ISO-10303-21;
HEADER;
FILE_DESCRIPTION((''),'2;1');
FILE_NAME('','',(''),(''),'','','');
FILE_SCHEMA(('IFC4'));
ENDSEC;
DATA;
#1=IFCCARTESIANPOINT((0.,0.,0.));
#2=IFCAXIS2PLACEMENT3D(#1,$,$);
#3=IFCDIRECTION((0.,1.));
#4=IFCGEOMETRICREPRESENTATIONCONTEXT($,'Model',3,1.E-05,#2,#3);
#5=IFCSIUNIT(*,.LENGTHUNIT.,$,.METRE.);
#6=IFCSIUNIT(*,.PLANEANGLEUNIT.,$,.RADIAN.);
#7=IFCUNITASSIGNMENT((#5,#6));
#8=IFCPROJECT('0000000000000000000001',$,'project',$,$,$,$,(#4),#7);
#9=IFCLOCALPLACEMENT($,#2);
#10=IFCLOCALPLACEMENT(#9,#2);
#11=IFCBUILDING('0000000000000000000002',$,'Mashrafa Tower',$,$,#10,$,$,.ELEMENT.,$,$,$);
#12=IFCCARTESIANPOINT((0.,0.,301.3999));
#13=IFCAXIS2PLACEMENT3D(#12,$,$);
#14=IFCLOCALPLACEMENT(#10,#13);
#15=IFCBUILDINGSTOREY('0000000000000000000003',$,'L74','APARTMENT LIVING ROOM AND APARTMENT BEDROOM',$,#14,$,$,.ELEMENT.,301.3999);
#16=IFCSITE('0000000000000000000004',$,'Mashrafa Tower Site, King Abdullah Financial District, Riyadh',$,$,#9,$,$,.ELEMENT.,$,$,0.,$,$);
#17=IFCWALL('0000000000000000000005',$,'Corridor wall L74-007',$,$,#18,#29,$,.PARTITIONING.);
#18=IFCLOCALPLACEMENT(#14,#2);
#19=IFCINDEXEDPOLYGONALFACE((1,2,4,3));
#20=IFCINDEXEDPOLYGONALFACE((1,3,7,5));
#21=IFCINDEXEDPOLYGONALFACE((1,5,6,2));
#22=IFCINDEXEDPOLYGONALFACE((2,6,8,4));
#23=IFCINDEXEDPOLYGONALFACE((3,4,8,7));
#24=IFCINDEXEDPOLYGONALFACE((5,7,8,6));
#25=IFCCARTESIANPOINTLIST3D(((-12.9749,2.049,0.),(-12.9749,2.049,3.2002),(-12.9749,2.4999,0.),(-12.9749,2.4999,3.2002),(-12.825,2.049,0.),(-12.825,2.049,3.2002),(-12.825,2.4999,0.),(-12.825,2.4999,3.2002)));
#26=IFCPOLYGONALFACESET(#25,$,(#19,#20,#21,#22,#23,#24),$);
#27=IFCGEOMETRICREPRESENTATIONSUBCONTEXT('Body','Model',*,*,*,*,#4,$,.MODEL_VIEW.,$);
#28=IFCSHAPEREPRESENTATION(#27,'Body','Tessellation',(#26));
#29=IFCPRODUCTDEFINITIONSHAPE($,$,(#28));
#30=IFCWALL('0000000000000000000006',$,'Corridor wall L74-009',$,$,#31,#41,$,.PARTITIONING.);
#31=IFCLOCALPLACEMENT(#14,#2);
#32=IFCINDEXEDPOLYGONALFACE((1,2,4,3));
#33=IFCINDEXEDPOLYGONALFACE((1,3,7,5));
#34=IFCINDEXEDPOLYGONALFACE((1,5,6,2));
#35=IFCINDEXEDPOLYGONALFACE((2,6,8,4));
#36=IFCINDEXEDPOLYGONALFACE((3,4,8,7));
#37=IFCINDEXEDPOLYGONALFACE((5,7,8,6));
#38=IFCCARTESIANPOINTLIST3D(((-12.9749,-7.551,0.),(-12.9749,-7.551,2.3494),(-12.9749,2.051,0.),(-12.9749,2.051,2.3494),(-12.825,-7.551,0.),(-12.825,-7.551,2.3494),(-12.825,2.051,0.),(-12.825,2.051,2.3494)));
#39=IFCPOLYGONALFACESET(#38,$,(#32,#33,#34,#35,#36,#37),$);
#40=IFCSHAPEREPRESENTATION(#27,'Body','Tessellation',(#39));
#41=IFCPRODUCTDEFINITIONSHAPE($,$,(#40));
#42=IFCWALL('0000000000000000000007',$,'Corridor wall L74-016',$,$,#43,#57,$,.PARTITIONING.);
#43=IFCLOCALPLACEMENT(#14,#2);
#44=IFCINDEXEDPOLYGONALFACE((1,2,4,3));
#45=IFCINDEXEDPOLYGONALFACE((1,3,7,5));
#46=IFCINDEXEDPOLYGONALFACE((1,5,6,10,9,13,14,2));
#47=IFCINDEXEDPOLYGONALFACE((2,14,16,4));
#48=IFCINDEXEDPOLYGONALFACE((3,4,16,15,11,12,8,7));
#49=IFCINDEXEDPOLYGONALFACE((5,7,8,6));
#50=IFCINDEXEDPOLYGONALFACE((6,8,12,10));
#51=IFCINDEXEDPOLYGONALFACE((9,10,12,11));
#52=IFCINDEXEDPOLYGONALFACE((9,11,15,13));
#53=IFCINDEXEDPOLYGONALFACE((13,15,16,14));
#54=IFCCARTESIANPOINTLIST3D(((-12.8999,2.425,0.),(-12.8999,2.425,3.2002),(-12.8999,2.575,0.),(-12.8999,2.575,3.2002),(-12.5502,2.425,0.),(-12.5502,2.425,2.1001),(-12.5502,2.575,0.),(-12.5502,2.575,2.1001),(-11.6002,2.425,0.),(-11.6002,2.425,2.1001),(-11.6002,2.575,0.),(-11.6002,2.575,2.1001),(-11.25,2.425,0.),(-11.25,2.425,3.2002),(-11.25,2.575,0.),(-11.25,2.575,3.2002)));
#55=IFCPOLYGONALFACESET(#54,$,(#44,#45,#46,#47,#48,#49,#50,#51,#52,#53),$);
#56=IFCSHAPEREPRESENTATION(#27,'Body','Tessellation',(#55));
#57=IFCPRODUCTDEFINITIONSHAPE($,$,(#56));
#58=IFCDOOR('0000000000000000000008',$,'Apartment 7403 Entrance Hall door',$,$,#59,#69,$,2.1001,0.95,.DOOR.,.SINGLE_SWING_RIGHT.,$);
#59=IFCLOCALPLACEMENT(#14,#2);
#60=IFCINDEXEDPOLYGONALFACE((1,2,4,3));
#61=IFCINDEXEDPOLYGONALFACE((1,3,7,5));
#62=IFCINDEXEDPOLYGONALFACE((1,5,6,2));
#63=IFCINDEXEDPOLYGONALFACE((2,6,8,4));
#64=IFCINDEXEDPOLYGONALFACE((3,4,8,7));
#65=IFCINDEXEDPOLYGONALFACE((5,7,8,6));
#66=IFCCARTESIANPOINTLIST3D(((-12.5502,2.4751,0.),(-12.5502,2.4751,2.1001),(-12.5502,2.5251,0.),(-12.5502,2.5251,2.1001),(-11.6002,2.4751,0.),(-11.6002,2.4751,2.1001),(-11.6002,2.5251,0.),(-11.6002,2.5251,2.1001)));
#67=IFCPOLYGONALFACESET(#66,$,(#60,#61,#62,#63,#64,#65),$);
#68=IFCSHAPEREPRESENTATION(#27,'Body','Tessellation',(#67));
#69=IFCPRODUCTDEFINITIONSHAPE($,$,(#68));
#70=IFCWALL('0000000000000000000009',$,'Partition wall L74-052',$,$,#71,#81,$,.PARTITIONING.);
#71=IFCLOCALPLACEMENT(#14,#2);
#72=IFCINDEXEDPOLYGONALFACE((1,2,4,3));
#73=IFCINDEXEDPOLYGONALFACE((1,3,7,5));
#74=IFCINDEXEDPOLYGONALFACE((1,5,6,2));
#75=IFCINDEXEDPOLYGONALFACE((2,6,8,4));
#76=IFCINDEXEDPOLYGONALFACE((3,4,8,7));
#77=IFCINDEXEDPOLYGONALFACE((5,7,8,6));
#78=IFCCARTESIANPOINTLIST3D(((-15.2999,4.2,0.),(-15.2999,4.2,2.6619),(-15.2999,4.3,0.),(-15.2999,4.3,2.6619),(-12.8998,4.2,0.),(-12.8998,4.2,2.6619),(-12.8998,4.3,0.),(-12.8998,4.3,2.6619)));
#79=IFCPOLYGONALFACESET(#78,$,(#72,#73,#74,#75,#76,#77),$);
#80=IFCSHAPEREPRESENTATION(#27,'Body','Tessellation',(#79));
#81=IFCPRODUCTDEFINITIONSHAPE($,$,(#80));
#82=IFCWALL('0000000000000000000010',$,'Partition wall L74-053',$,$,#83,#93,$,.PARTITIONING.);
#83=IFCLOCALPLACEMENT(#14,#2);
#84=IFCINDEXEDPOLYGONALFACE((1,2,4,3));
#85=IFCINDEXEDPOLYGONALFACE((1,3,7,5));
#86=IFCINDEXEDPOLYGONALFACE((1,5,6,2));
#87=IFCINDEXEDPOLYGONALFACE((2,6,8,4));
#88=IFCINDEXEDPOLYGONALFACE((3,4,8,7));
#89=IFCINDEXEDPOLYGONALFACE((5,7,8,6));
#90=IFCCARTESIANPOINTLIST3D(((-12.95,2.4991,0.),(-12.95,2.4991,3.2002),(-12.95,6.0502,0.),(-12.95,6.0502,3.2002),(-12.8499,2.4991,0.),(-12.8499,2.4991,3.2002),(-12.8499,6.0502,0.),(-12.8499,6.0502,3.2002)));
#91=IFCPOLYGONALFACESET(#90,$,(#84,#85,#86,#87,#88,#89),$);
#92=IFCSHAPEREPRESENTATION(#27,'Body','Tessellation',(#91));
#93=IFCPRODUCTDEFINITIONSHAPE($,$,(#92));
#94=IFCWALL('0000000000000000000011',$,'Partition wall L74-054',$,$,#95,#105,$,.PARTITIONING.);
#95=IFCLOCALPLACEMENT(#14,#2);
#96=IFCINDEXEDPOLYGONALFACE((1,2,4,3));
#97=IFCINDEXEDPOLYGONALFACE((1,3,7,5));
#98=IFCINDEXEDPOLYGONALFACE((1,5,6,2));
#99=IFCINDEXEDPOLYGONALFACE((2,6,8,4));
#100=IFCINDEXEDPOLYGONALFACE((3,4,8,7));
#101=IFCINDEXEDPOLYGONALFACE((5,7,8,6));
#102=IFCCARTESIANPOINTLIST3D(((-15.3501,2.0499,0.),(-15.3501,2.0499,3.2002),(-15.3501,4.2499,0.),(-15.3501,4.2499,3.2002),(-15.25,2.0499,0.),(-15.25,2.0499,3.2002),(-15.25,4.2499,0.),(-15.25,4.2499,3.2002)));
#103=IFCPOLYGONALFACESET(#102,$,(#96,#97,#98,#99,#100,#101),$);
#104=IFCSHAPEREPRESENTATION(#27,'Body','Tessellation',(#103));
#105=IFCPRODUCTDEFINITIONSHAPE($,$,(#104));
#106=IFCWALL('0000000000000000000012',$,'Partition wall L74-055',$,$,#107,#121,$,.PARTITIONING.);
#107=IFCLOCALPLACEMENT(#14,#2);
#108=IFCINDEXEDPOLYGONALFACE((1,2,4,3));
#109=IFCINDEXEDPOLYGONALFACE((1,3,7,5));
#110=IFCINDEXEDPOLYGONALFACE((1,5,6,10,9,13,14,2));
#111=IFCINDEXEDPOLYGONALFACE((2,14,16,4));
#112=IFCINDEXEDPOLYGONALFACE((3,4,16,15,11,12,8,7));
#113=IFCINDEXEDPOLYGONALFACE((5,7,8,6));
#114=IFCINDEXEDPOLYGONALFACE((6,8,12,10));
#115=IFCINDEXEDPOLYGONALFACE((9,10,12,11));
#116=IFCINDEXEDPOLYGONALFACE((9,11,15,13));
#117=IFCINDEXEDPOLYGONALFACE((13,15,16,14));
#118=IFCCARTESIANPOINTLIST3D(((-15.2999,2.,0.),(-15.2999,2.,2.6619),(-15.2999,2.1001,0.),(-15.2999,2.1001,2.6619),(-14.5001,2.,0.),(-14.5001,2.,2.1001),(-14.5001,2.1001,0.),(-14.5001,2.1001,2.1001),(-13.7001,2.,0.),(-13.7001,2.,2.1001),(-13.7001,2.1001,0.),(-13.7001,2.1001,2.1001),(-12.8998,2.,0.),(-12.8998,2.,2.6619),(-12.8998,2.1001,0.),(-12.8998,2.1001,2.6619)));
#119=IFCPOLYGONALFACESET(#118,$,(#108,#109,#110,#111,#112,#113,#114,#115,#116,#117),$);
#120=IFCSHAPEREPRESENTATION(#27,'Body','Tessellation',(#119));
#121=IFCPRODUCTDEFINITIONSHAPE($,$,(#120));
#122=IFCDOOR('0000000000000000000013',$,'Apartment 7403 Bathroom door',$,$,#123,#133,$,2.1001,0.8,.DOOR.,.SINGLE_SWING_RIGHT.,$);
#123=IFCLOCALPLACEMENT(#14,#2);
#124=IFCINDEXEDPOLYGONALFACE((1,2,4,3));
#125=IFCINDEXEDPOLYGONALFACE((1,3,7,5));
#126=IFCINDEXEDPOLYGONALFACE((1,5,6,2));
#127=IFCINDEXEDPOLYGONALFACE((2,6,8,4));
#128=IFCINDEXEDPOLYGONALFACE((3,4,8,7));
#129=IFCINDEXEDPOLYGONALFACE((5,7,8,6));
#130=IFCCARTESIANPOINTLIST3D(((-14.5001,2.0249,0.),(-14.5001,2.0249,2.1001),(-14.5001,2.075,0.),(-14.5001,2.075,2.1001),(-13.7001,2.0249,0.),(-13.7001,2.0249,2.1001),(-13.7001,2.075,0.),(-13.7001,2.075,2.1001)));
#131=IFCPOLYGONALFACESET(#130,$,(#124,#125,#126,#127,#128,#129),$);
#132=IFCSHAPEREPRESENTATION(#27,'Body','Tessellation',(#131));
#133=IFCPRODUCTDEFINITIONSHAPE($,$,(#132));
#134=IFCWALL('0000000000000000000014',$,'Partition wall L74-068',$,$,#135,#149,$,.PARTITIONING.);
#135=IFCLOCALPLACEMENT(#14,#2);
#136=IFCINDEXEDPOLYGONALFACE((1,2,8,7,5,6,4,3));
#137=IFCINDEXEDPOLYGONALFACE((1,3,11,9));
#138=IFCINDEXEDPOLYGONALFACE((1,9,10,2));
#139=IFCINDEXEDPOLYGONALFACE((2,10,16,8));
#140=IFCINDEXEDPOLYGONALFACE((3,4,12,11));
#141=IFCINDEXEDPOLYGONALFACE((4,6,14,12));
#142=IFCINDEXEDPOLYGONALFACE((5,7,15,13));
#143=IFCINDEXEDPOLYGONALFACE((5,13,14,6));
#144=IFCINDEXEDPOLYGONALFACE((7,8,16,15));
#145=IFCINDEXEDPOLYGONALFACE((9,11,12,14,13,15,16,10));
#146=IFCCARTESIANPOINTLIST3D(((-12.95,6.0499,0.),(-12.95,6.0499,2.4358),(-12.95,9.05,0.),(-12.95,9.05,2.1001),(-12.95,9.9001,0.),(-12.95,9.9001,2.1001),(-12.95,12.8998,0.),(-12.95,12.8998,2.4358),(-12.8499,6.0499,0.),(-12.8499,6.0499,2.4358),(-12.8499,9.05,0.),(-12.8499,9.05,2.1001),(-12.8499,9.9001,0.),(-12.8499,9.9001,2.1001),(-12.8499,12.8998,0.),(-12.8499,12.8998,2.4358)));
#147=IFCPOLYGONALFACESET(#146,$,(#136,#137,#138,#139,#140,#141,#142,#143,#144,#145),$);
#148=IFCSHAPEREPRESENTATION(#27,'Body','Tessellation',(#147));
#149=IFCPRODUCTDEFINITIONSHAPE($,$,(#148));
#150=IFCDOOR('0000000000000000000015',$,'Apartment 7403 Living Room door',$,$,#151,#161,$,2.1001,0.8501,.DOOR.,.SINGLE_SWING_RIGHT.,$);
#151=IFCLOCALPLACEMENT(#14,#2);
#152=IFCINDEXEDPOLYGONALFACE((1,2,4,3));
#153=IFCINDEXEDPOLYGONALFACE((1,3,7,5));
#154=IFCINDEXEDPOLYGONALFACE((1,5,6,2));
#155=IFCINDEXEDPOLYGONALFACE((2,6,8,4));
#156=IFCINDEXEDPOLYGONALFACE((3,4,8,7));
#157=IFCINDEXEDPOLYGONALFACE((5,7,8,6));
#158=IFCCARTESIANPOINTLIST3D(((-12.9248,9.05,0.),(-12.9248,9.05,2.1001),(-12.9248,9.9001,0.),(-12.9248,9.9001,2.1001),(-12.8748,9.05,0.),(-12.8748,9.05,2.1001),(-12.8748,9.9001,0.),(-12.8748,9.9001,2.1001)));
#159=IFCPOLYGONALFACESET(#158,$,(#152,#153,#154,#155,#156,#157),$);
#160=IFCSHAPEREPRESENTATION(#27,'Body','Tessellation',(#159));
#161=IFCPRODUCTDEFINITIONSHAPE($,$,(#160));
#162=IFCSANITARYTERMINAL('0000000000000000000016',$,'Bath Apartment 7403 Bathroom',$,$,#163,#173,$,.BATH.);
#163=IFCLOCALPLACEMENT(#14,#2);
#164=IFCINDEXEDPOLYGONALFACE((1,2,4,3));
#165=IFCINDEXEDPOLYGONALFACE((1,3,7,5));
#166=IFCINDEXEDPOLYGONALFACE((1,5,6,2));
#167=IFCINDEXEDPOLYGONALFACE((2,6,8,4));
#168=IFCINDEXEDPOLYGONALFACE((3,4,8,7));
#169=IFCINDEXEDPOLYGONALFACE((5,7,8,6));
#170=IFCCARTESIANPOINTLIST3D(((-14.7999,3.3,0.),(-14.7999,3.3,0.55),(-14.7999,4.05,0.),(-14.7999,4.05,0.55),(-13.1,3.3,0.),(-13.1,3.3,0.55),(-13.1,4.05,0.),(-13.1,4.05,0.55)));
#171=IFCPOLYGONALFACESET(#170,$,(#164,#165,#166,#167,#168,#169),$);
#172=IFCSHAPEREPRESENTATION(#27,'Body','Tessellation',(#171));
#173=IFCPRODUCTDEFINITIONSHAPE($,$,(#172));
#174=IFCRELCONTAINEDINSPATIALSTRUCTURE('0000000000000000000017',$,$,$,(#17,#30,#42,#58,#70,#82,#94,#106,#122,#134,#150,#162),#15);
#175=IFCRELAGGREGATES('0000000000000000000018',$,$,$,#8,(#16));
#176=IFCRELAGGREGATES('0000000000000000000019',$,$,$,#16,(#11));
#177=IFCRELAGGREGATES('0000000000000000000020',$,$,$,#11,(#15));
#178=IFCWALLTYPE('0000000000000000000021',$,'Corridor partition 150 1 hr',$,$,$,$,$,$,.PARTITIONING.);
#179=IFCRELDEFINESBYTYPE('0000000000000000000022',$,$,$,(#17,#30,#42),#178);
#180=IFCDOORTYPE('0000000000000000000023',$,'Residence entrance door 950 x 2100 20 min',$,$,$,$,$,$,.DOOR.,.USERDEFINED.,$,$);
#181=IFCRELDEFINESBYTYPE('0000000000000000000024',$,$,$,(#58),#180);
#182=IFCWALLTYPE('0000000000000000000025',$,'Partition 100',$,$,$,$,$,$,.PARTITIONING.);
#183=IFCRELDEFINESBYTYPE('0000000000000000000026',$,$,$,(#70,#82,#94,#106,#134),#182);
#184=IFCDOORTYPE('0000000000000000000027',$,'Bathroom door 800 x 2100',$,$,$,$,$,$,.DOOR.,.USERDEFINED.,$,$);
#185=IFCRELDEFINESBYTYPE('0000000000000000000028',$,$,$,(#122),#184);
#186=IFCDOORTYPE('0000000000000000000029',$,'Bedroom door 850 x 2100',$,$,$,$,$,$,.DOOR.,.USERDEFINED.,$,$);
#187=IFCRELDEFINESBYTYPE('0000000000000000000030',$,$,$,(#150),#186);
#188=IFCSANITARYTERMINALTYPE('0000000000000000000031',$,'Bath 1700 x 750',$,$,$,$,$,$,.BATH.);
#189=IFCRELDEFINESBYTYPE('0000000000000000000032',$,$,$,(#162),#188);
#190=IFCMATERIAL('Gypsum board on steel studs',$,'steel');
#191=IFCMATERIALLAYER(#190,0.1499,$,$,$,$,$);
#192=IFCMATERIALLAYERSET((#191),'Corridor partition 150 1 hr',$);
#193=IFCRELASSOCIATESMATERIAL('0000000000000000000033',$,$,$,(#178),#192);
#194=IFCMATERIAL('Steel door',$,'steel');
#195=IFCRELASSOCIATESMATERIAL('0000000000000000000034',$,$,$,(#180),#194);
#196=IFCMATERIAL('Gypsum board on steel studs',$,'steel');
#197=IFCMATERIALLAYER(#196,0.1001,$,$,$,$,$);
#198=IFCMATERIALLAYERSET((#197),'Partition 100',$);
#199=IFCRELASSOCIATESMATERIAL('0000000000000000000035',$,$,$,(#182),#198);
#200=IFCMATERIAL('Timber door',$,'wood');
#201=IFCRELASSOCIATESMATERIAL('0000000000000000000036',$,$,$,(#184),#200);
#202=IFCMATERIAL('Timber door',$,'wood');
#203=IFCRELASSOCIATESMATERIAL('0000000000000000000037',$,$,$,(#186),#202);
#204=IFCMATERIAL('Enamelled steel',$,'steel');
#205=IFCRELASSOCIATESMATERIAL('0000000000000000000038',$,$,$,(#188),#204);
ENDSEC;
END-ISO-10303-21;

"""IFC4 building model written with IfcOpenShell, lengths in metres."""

from ifc_helpers import new_model, si_unit, direction, frame, frame_2d, origin, origin_2d, place, context, subcontext, project, spatial, rectangle, extrude, material, layer, layer_set, type_object, element, fill, save


model = new_model("IFC4")

# Units and contexts
model_context = context("Model", 3, precision=1e-05, world=origin(), true_north=direction((0.0, 1.0)))
body_context = subcontext(model_context, "Body", "Model", "MODEL_VIEW")
ifc_project = project(units=[si_unit("LENGTHUNIT", "METRE"), si_unit("PLANEANGLEUNIT", "RADIAN")], contexts=[model_context])

# Site, building, storey
site_placement = place(None, origin())
site = spatial("IfcSite", under=ifc_project, at=site_placement, Name="Mashrafa Tower Site, King Abdullah Financial District, Riyadh", CompositionType="ELEMENT", RefElevation=0.0)
building_placement = place(site_placement, origin())
building = spatial("IfcBuilding", under=site, at=building_placement, Name="Mashrafa Tower", CompositionType="ELEMENT")
storey_placement = place(building_placement, frame((0.0, 0.0, 301.3999)))
storey = spatial("IfcBuildingStorey", under=building, at=storey_placement, Name="L74", Description="APARTMENT LIVING ROOM AND APARTMENT BEDROOM", CompositionType="ELEMENT", Elevation=301.3999)

# Walls
ifc_material_1 = material(Name="Gypsum board on steel studs", Category="steel")
ifc_layer_1 = layer(ifc_material_1, 0.1499)
ifc_layer_set_1 = layer_set([ifc_layer_1], Name="Corridor partition 150 1 hr")
wall_type_1 = type_object("IfcWallType", Name="Corridor partition 150 1 hr", PredefinedType="PARTITIONING", material=ifc_layer_set_1)
wall_1_placement = place(storey_placement, frame((-12.8999, 2.5, 0.0), z_axis=(0.0, 0.0, 1.0), x_axis=(0.0, -1.0, 0.0)))
element("IfcWall", 1, at=wall_1_placement, inside=storey, type_object=wall_type_1, Name="Corridor wall L74-007", PredefinedType="PARTITIONING", context=body_context, shape_type="SweptSolid", body=[
    extrude(rectangle(XDim=0.4509, YDim=0.1499, at=frame_2d((0.2256, 0.0))), origin(), (0.0, 0.0, 1.0), 3.2002),
])
wall_2_placement = place(storey_placement, frame((-12.8999, 2.051, 0.0), z_axis=(0.0, 0.0, 1.0), x_axis=(0.0, -1.0, 0.0)))
element("IfcWall", 2, at=wall_2_placement, inside=storey, type_object=wall_type_1, Name="Corridor wall L74-009", PredefinedType="PARTITIONING", context=body_context, shape_type="SweptSolid", body=[
    extrude(rectangle(XDim=9.6021, YDim=0.1499, at=frame_2d((4.801, 0.0))), origin(), (0.0, 0.0, 1.0), 2.3494),
])

# Wall, opening, door
wall_3_placement = place(storey_placement, frame((-11.25, 2.5, 0.0), z_axis=(0.0, 0.0, 1.0), x_axis=(-1.0, 0.0, 0.0)))
wall_3 = element("IfcWall", 3, at=wall_3_placement, inside=storey, type_object=wall_type_1, Name="Corridor wall L74-016", PredefinedType="PARTITIONING", context=body_context, shape_type="SweptSolid", body=[
    extrude(rectangle(XDim=1.6499, YDim=0.1499, at=frame_2d((0.825, 0.0))), origin(), (0.0, 0.0, 1.0), 3.2002),
])
opening_1_placement = place(wall_3_placement, frame((0.3501, 0.0, 0.0)))
opening_1 = element("IfcOpeningElement", 4, at=opening_1_placement, cuts=wall_3, PredefinedType="OPENING", context=body_context, shape_type="SweptSolid", body=[
    extrude(rectangle(XDim=0.95, YDim=2.1001, at=frame_2d((0.4751, 1.05))), frame((0.0, 0.085, 0.0), z_axis=(0.0, -1.0, 0.0), x_axis=(1.0, 0.0, 0.0)), (0.0, 0.0, 1.0), 0.1699),
])
ifc_material_2 = material(Name="Steel door", Category="steel")
door_type_1 = type_object("IfcDoorType", Name="Residence entrance door 950 x 2100 20 min", OperationType="USERDEFINED", PredefinedType="DOOR", material=ifc_material_2)
door_1_placement = place(opening_1_placement, origin())
door_1 = element("IfcDoor", 5, at=door_1_placement, inside=storey, type_object=door_type_1, Name="Apartment 7403 Entrance Hall door", OperationType="SINGLE_SWING_RIGHT", OverallHeight=2.1001, OverallWidth=0.95, PredefinedType="DOOR", context=body_context, shape_type="SweptSolid", body=[
    extrude(rectangle(XDim=0.95, YDim=2.1001, at=frame_2d((0.4751, 1.05))), frame((0.0, 0.0249, 0.0), z_axis=(0.0, -1.0, 0.0), x_axis=(1.0, 0.0, 0.0)), (0.0, 0.0, 1.0), 0.05),
])
fill(opening_1, door_1)

# Walls
ifc_material_3 = material(Name="Gypsum board on steel studs", Category="steel")
ifc_layer_2 = layer(ifc_material_3, 0.1001)
ifc_layer_set_2 = layer_set([ifc_layer_2], Name="Partition 100")
wall_type_2 = type_object("IfcWallType", Name="Partition 100", PredefinedType="PARTITIONING", material=ifc_layer_set_2)
wall_4_placement = place(storey_placement, frame((-15.3, 4.25, 0.0), z_axis=(0.0, 0.0, 1.0), x_axis=(1.0, 0.0, 0.0)))
element("IfcWall", 6, at=wall_4_placement, inside=storey, type_object=wall_type_2, Name="Partition wall L74-052", PredefinedType="PARTITIONING", context=body_context, shape_type="SweptSolid", body=[
    extrude(rectangle(XDim=2.4001, YDim=0.1001, at=frame_2d((1.2002, 0.0))), origin(), (0.0, 0.0, 1.0), 2.6619),
])
wall_5_placement = place(storey_placement, frame((-12.8999, 6.05, 0.0), z_axis=(0.0, 0.0, 1.0), x_axis=(0.0, -1.0, 0.0)))
element("IfcWall", 7, at=wall_5_placement, inside=storey, type_object=wall_type_2, Name="Partition wall L74-053", PredefinedType="PARTITIONING", context=body_context, shape_type="SweptSolid", body=[
    extrude(rectangle(XDim=3.551, YDim=0.1001, at=frame_2d((1.7754, 0.0))), origin(), (0.0, 0.0, 1.0), 3.2002),
])
wall_6_placement = place(storey_placement, frame((-15.3, 4.25, 0.0), z_axis=(0.0, 0.0, 1.0), x_axis=(0.0, -1.0, 0.0)))
element("IfcWall", 8, at=wall_6_placement, inside=storey, type_object=wall_type_2, Name="Partition wall L74-054", PredefinedType="PARTITIONING", context=body_context, shape_type="SweptSolid", body=[
    extrude(rectangle(XDim=2.2, YDim=0.1001, at=frame_2d((1.1001, 0.0))), origin(), (0.0, 0.0, 1.0), 3.2002),
])

# Walls, openings, doors
wall_7_placement = place(storey_placement, frame((-15.3, 2.05, 0.0), z_axis=(0.0, 0.0, 1.0), x_axis=(1.0, 0.0, 0.0)))
wall_7 = element("IfcWall", 9, at=wall_7_placement, inside=storey, type_object=wall_type_2, Name="Partition wall L74-055", PredefinedType="PARTITIONING", context=body_context, shape_type="SweptSolid", body=[
    extrude(rectangle(XDim=2.4001, YDim=0.1001, at=frame_2d((1.2002, 0.0))), origin(), (0.0, 0.0, 1.0), 2.6619),
])
opening_2_placement = place(wall_7_placement, frame((0.8, 0.0, 0.0)))
opening_2 = element("IfcOpeningElement", 10, at=opening_2_placement, cuts=wall_7, PredefinedType="OPENING", context=body_context, shape_type="SweptSolid", body=[
    extrude(rectangle(XDim=0.8, YDim=2.1001, at=frame_2d((0.3999, 1.05))), frame((0.0, 0.0601, 0.0), z_axis=(0.0, -1.0, 0.0), x_axis=(1.0, 0.0, 0.0)), (0.0, 0.0, 1.0), 0.1201),
])
ifc_material_4 = material(Name="Timber door", Category="wood")
door_type_2 = type_object("IfcDoorType", Name="Bathroom door 800 x 2100", OperationType="USERDEFINED", PredefinedType="DOOR", material=ifc_material_4)
door_2_placement = place(opening_2_placement, origin())
door_2 = element("IfcDoor", 11, at=door_2_placement, inside=storey, type_object=door_type_2, Name="Apartment 7403 Bathroom door", OperationType="SINGLE_SWING_RIGHT", OverallHeight=2.1001, OverallWidth=0.8, PredefinedType="DOOR", context=body_context, shape_type="SweptSolid", body=[
    extrude(rectangle(XDim=0.8, YDim=2.1001, at=frame_2d((0.3999, 1.05))), frame((0.0, 0.0249, 0.0), z_axis=(0.0, -1.0, 0.0), x_axis=(1.0, 0.0, 0.0)), (0.0, 0.0, 1.0), 0.05),
])
fill(opening_2, door_2)
wall_8_placement = place(storey_placement, frame((-12.8999, 6.05, 0.0), z_axis=(0.0, 0.0, 1.0), x_axis=(0.0, 1.0, 0.0)))
wall_8 = element("IfcWall", 12, at=wall_8_placement, inside=storey, type_object=wall_type_2, Name="Partition wall L74-068", PredefinedType="PARTITIONING", context=body_context, shape_type="SweptSolid", body=[
    extrude(rectangle(XDim=6.8499, YDim=0.1001, at=frame_2d((3.4248, 0.0))), origin(), (0.0, 0.0, 1.0), 2.4358),
])
opening_3_placement = place(wall_8_placement, frame((3.0, 0.0, 0.0)))
opening_3 = element("IfcOpeningElement", 13, at=opening_3_placement, cuts=wall_8, PredefinedType="OPENING", context=body_context, shape_type="SweptSolid", body=[
    extrude(rectangle(XDim=0.8501, YDim=2.1001, at=frame_2d((0.425, 1.05))), frame((0.0, 0.0601, 0.0), z_axis=(0.0, -1.0, 0.0), x_axis=(1.0, 0.0, 0.0)), (0.0, 0.0, 1.0), 0.1201),
])
ifc_material_5 = material(Name="Timber door", Category="wood")
door_type_3 = type_object("IfcDoorType", Name="Bedroom door 850 x 2100", OperationType="USERDEFINED", PredefinedType="DOOR", material=ifc_material_5)
door_3_placement = place(opening_3_placement, origin())
door_3 = element("IfcDoor", 14, at=door_3_placement, inside=storey, type_object=door_type_3, Name="Apartment 7403 Living Room door", OperationType="SINGLE_SWING_RIGHT", OverallHeight=2.1001, OverallWidth=0.8501, PredefinedType="DOOR", context=body_context, shape_type="SweptSolid", body=[
    extrude(rectangle(XDim=0.8501, YDim=2.1001, at=frame_2d((0.425, 1.05))), frame((0.0, 0.0249, 0.0), z_axis=(0.0, -1.0, 0.0), x_axis=(1.0, 0.0, 0.0)), (0.0, 0.0, 1.0), 0.05),
])
fill(opening_3, door_3)

# Sanitary terminal
ifc_material_6 = material(Name="Enamelled steel", Category="steel")
sanitary_terminal_type_1 = type_object("IfcSanitaryTerminalType", Name="Bath 1700 x 750", PredefinedType="BATH", material=ifc_material_6)
sanitary_terminal_1_placement = place(storey_placement, frame((-13.95, 3.675, 0.0), z_axis=(0.0, 0.0, 1.0), x_axis=(-1.0, 0.0, 0.0)))
element("IfcSanitaryTerminal", 15, at=sanitary_terminal_1_placement, inside=storey, type_object=sanitary_terminal_type_1, Name="Bath Apartment 7403 Bathroom", PredefinedType="BATH", context=body_context, shape_type="SweptSolid", body=[
    extrude(rectangle(XDim=1.7, YDim=0.75, at=origin_2d()), origin(), (0.0, 0.0, 1.0), 0.55),
])

save(model, "model.ifc")
